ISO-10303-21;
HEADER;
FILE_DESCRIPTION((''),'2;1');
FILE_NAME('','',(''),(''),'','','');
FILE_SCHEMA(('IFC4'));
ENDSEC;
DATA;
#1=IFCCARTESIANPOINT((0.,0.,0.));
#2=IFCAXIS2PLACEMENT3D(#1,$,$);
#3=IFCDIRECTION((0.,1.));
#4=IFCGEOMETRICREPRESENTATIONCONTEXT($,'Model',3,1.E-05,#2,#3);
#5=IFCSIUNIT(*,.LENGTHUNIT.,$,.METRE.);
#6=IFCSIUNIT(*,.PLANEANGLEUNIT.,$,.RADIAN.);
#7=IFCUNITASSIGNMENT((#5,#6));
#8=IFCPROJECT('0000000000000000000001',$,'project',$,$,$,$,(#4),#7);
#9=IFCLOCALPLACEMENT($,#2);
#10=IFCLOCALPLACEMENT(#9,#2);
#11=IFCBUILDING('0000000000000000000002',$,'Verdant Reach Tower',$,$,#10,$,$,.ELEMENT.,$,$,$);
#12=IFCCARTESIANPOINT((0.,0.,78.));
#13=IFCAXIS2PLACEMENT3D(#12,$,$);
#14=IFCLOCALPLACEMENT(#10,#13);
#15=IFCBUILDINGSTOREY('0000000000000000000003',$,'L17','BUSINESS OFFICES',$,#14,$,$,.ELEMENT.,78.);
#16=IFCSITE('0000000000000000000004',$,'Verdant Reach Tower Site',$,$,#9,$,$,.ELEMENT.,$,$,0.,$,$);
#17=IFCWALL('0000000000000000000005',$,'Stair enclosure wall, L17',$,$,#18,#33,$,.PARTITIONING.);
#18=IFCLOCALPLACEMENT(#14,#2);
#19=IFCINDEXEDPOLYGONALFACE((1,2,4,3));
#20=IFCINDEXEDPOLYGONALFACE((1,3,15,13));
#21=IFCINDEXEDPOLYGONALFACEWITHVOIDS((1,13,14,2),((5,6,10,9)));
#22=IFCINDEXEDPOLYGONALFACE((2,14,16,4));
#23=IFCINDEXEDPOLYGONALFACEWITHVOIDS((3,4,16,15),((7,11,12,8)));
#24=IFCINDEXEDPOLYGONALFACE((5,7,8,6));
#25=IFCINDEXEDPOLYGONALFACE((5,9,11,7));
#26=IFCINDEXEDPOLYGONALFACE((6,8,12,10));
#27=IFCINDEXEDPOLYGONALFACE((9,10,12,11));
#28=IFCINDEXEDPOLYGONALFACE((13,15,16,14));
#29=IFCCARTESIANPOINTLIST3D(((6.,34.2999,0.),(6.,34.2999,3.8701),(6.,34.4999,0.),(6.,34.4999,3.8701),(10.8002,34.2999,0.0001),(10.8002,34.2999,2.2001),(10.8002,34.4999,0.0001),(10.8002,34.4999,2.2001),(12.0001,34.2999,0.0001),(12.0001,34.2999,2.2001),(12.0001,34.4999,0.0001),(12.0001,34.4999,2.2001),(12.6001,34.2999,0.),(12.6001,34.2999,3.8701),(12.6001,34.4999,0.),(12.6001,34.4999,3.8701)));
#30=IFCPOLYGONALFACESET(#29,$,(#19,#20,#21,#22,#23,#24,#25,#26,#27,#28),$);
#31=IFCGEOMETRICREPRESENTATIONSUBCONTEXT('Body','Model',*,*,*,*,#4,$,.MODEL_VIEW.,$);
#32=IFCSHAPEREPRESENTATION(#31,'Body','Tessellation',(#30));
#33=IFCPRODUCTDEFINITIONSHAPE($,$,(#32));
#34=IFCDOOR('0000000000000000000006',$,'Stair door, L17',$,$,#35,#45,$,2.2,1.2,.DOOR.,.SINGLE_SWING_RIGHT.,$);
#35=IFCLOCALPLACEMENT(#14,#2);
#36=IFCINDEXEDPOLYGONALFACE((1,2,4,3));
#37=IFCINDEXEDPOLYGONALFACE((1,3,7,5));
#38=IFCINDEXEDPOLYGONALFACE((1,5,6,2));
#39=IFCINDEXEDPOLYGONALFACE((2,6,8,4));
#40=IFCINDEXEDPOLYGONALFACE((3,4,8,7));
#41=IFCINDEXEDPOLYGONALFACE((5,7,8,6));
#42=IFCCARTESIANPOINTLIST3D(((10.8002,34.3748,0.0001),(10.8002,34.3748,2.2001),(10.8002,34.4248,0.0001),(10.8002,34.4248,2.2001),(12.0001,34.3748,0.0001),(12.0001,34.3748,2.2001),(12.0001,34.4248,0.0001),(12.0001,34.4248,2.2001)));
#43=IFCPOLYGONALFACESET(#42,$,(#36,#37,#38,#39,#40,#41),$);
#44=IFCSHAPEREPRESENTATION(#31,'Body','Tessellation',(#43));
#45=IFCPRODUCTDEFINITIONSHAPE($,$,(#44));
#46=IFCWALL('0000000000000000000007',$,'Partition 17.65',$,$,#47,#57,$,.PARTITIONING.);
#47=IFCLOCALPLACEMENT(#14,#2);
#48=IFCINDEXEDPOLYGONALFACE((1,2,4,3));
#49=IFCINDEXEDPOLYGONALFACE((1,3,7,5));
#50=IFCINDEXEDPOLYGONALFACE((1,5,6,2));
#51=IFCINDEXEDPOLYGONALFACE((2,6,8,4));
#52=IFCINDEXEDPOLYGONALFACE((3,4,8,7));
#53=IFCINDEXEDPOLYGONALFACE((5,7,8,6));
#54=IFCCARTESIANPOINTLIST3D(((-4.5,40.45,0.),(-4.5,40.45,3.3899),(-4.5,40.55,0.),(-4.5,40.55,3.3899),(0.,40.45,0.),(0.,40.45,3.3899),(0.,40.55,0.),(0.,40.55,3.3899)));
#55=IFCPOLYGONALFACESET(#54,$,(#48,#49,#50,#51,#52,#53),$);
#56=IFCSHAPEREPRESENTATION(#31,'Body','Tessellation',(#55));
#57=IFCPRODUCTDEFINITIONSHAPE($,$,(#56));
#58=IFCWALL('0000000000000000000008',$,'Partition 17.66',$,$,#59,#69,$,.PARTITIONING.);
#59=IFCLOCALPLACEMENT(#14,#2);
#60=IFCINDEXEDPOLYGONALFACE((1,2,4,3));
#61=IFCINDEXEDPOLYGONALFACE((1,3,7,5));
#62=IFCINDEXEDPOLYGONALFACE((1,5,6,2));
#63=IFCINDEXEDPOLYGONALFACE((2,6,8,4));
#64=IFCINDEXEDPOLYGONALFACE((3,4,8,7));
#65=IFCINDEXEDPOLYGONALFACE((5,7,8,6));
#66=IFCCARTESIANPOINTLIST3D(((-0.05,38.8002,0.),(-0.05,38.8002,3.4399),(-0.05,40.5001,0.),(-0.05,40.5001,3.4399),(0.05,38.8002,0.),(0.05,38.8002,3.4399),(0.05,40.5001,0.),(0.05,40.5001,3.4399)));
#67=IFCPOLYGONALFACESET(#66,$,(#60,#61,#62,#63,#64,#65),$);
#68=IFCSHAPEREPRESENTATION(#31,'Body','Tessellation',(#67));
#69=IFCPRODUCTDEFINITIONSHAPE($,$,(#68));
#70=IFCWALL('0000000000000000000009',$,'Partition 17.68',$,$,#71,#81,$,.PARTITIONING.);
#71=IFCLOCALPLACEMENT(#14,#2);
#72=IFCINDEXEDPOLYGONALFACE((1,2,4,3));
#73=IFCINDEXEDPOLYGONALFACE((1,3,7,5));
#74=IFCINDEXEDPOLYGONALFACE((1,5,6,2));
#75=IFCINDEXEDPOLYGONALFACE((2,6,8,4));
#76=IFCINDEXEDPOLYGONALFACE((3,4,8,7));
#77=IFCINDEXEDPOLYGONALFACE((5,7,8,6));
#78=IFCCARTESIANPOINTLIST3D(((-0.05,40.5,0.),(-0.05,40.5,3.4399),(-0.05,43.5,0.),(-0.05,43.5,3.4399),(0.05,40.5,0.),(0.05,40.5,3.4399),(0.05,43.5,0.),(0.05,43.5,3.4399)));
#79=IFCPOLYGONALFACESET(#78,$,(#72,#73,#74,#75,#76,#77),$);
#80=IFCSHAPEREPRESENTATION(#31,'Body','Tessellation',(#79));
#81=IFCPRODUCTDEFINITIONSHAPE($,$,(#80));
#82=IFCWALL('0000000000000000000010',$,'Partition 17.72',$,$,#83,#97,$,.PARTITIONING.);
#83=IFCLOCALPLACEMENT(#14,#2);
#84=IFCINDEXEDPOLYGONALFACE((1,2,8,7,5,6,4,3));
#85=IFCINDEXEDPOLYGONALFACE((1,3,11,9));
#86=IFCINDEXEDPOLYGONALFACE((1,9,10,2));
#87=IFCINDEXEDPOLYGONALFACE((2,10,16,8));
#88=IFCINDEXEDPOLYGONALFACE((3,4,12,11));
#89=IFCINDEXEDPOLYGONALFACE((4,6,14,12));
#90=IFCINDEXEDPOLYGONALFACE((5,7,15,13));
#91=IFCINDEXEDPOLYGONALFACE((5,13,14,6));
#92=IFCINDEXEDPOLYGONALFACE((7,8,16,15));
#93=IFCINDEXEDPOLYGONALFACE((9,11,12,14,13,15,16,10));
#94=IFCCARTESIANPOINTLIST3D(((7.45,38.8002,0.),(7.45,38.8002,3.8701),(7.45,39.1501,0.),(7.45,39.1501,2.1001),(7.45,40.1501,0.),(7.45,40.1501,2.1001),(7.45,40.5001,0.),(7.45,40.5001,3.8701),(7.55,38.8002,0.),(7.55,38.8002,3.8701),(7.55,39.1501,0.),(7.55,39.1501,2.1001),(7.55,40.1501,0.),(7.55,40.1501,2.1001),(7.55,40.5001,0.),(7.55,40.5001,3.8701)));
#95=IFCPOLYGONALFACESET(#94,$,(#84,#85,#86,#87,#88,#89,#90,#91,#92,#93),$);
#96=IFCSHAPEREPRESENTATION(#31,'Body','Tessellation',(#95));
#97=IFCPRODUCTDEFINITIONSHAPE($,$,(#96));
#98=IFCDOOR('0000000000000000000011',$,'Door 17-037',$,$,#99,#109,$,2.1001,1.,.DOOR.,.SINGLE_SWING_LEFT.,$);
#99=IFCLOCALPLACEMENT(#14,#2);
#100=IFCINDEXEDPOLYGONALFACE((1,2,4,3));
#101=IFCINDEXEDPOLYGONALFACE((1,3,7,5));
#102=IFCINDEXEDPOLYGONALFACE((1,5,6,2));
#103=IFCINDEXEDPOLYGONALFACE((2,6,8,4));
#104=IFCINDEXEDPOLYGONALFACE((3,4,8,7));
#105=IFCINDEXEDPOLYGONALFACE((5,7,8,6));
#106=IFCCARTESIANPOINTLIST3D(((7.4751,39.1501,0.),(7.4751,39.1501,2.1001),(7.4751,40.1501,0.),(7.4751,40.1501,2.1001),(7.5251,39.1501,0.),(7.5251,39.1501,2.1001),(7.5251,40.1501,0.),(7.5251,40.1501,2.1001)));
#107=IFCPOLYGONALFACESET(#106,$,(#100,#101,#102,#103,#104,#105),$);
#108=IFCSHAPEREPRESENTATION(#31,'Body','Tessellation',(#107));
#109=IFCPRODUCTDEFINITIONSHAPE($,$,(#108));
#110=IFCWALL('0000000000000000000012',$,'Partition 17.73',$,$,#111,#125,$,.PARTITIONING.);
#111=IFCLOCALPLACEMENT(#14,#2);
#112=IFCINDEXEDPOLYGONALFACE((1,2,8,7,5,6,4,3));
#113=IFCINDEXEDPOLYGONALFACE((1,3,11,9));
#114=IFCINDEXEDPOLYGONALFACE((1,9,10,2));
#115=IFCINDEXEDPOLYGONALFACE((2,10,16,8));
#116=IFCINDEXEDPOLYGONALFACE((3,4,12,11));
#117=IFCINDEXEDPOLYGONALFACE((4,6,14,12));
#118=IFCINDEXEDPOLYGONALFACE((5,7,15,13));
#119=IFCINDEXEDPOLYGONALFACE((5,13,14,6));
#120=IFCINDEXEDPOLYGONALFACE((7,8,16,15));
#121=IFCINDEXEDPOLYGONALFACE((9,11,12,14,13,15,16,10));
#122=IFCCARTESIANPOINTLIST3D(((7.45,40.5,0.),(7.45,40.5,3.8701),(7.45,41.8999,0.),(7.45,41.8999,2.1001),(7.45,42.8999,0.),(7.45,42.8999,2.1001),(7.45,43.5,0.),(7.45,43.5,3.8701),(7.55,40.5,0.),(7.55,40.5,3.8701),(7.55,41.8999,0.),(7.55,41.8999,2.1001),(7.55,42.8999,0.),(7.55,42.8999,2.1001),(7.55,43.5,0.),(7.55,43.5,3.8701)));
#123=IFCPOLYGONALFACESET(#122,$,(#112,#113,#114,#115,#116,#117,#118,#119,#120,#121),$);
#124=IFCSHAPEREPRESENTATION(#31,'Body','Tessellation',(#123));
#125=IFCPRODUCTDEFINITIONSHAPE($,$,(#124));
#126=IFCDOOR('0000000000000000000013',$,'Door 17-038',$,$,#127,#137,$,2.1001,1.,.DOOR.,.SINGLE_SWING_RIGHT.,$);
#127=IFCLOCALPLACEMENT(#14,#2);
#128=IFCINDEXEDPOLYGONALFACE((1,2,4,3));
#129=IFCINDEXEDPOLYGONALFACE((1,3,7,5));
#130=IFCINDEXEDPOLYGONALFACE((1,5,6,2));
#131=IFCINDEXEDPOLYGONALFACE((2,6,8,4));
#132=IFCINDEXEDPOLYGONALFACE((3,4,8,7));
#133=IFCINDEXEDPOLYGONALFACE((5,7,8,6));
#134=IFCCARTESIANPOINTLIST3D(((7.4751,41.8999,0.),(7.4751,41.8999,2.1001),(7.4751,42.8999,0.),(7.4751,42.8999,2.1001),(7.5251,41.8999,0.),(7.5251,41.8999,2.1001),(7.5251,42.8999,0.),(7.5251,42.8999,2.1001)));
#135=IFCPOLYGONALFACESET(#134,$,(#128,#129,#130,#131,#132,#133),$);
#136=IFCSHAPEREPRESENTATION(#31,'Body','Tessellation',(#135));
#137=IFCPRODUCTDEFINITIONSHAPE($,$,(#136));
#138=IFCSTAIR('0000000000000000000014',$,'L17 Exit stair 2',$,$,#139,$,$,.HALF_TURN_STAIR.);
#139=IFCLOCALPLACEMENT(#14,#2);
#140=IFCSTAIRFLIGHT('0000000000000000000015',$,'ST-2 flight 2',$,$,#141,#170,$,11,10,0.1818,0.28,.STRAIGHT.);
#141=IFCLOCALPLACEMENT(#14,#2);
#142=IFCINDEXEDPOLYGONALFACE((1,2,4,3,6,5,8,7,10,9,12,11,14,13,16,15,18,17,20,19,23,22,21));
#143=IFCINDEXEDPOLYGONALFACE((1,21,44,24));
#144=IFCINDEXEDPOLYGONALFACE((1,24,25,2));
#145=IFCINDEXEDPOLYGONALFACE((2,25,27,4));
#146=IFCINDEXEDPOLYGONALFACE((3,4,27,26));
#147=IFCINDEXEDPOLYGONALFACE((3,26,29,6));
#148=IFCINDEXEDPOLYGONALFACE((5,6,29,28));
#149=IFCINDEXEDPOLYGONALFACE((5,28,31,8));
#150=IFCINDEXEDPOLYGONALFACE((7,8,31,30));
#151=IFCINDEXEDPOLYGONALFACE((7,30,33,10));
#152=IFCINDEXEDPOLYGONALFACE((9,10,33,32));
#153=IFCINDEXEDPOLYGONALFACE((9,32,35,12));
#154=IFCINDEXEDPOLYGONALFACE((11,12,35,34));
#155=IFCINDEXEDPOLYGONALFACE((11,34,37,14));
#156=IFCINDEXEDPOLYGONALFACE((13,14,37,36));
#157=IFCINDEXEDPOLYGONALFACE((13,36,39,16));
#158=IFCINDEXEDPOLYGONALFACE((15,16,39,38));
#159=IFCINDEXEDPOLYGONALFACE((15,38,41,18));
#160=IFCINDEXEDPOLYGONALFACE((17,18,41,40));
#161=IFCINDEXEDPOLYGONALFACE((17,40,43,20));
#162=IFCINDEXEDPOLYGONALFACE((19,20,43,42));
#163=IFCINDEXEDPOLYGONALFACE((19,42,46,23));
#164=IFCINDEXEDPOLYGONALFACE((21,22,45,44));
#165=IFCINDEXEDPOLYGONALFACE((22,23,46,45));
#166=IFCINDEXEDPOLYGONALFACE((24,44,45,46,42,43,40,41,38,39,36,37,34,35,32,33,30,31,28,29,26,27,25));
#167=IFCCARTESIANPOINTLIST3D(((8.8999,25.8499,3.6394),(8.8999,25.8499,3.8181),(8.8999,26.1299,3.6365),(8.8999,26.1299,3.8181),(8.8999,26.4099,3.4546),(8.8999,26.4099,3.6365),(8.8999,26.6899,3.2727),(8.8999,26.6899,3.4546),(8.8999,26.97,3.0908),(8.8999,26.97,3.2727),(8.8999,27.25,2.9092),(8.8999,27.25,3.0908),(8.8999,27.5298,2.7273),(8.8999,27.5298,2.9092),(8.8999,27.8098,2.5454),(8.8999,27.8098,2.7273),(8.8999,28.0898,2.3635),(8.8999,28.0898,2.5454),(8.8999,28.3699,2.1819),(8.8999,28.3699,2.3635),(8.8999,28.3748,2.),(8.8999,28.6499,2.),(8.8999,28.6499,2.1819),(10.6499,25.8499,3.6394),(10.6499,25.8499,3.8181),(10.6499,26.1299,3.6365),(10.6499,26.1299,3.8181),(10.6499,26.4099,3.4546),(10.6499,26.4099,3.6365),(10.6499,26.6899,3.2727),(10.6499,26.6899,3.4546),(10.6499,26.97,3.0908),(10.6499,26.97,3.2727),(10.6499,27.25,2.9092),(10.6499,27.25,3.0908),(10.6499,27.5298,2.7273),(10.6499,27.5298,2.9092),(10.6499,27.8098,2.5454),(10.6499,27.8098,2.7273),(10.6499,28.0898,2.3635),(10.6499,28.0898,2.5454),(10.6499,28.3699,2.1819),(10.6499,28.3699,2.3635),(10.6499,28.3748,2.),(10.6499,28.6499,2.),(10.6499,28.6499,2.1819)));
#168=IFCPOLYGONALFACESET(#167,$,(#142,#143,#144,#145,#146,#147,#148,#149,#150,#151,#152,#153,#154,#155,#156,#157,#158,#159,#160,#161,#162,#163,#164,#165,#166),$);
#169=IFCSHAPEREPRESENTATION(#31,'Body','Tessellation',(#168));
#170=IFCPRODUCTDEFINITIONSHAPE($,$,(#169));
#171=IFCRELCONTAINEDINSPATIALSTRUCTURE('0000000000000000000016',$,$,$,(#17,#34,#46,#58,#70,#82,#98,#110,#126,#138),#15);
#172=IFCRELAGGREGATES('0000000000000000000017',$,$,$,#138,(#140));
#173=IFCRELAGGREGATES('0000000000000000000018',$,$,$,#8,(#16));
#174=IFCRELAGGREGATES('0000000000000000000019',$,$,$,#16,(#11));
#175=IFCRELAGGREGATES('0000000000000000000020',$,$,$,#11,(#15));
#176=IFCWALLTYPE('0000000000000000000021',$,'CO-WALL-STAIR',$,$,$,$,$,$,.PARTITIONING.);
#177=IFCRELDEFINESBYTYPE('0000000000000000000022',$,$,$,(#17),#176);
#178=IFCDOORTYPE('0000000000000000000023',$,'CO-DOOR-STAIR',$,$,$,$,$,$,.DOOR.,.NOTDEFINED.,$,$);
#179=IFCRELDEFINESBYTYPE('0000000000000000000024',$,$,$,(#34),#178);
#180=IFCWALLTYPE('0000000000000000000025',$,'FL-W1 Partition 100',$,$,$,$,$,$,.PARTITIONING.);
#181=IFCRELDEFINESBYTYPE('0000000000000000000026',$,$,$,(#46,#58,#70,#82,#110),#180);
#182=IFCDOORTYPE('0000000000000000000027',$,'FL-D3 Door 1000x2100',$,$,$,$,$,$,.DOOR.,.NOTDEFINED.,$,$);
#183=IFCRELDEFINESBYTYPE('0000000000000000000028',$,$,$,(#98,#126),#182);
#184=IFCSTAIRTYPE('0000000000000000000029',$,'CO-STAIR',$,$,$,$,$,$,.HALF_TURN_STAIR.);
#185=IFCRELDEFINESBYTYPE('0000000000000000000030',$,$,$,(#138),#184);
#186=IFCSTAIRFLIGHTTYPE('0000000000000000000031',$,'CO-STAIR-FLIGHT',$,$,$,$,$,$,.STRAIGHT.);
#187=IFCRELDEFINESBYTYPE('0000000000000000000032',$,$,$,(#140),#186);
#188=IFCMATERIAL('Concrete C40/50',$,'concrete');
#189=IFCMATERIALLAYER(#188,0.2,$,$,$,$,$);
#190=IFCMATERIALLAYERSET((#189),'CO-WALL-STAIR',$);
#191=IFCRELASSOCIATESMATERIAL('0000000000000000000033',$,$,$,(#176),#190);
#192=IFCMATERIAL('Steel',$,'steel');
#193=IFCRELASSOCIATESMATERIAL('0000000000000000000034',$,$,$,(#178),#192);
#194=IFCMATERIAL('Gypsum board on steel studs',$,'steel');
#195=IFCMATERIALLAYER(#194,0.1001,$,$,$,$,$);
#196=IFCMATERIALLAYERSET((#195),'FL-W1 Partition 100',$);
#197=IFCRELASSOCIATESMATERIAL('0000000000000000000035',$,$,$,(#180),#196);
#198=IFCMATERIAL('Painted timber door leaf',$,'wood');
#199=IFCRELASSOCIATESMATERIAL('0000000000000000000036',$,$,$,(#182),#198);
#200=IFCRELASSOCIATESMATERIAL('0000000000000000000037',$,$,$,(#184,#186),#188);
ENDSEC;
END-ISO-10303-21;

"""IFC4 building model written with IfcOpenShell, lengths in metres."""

from ifc_helpers import new_model, si_unit, direction, frame, frame_2d, origin, place, context, subcontext, project, spatial, polyline, rectangle, outline, extrude, material, layer, layer_set, type_object, element, fill, aggregate, save


model = new_model("IFC4")

# Units and contexts
model_context = context("Model", 3, precision=1e-05, world=origin(), true_north=direction((0.0, 1.0)))
body_context = subcontext(model_context, "Body", "Model", "MODEL_VIEW")
ifc_project = project(units=[si_unit("LENGTHUNIT", "METRE"), si_unit("PLANEANGLEUNIT", "RADIAN")], contexts=[model_context])

# Site, building, storey
site_placement = place(None, origin())
site = spatial("IfcSite", under=ifc_project, at=site_placement, Name="Verdant Reach Tower Site", CompositionType="ELEMENT", RefElevation=0.0)
building_placement = place(site_placement, origin())
building = spatial("IfcBuilding", under=site, at=building_placement, Name="Verdant Reach Tower", CompositionType="ELEMENT")
storey_placement = place(building_placement, frame((0.0, 0.0, 78.0)))
storey = spatial("IfcBuildingStorey", under=building, at=storey_placement, Name="L17", Description="BUSINESS OFFICES", CompositionType="ELEMENT", Elevation=78.0)

# Shared definitions
ifc_material_1 = material(Name="Concrete C40/50", Category="concrete")
ifc_layer_1 = layer(ifc_material_1, 0.2)
ifc_layer_set_1 = layer_set([ifc_layer_1], Name="CO-WALL-STAIR")
wall_type_1 = type_object("IfcWallType", Name="CO-WALL-STAIR", PredefinedType="PARTITIONING", material=ifc_layer_set_1)

# Wall, opening, door
wall_1_placement = place(storey_placement, frame((6.0, 34.3999, 0.0), z_axis=(0.0, 0.0, 1.0), x_axis=(1.0, 0.0, 0.0)))
wall_1 = element("IfcWall", 1, at=wall_1_placement, inside=storey, type_object=wall_type_1, Name="Stair enclosure wall, L17", PredefinedType="PARTITIONING", context=body_context, shape_type="SweptSolid", body=[
    extrude(rectangle(XDim=6.6001, YDim=0.2, at=frame_2d((3.3, 0.0))), origin(), (0.0, 0.0, 1.0), 3.8701),
])
opening_1_placement = place(wall_1_placement, frame((4.8, 0.0, 0.0)))
opening_1 = element("IfcOpeningElement", 2, at=opening_1_placement, cuts=wall_1, PredefinedType="OPENING", context=body_context, shape_type="SweptSolid", body=[
    extrude(rectangle(XDim=1.2, YDim=2.2, at=frame_2d((0.6001, 1.1001))), frame((0.0, 0.1099, 0.0), z_axis=(0.0, -1.0, 0.0), x_axis=(1.0, 0.0, 0.0)), (0.0, 0.0, 1.0), 0.22),
])
ifc_material_2 = material(Name="Steel", Category="steel")
door_type_1 = type_object("IfcDoorType", Name="CO-DOOR-STAIR", OperationType="NOTDEFINED", PredefinedType="DOOR", material=ifc_material_2)
door_1_placement = place(opening_1_placement, origin())
door_1 = element("IfcDoor", 3, at=door_1_placement, inside=storey, type_object=door_type_1, Name="Stair door, L17", OperationType="SINGLE_SWING_RIGHT", OverallHeight=2.2, OverallWidth=1.2, PredefinedType="DOOR", context=body_context, shape_type="SweptSolid", body=[
    extrude(rectangle(XDim=1.2, YDim=2.2, at=frame_2d((0.6001, 1.1001))), frame((0.0, 0.0249, 0.0), z_axis=(0.0, -1.0, 0.0), x_axis=(1.0, 0.0, 0.0)), (0.0, 0.0, 1.0), 0.05),
])
fill(opening_1, door_1)

# Walls
ifc_material_3 = material(Name="Gypsum board on steel studs", Category="steel")
ifc_layer_2 = layer(ifc_material_3, 0.1001)
ifc_layer_set_2 = layer_set([ifc_layer_2], Name="FL-W1 Partition 100")
wall_type_2 = type_object("IfcWallType", Name="FL-W1 Partition 100", PredefinedType="PARTITIONING", material=ifc_layer_set_2)
wall_2_placement = place(storey_placement, frame((0.0, 40.5, 0.0), z_axis=(0.0, 0.0, 1.0), x_axis=(-1.0, 0.0, 0.0)))
element("IfcWall", 4, at=wall_2_placement, inside=storey, type_object=wall_type_2, Name="Partition 17.65", PredefinedType="PARTITIONING", context=body_context, shape_type="SweptSolid", body=[
    extrude(rectangle(XDim=4.5, YDim=0.1001, at=frame_2d((2.25, 0.0))), origin(), (0.0, 0.0, 1.0), 3.3899),
])
wall_3_placement = place(storey_placement, frame((0.0, 38.8, 0.0), z_axis=(0.0, 0.0, 1.0), x_axis=(0.0, 1.0, 0.0)))
element("IfcWall", 5, at=wall_3_placement, inside=storey, type_object=wall_type_2, Name="Partition 17.66", PredefinedType="PARTITIONING", context=body_context, shape_type="SweptSolid", body=[
    extrude(rectangle(XDim=1.7, YDim=0.1001, at=frame_2d((0.8501, 0.0))), origin(), (0.0, 0.0, 1.0), 3.4399),
])
wall_4_placement = place(storey_placement, frame((0.0, 40.5, 0.0), z_axis=(0.0, 0.0, 1.0), x_axis=(0.0, 1.0, 0.0)))
element("IfcWall", 6, at=wall_4_placement, inside=storey, type_object=wall_type_2, Name="Partition 17.68", PredefinedType="PARTITIONING", context=body_context, shape_type="SweptSolid", body=[
    extrude(rectangle(XDim=3.0, YDim=0.1001, at=frame_2d((1.5, 0.0))), origin(), (0.0, 0.0, 1.0), 3.4399),
])

# Walls, openings, doors
wall_5_placement = place(storey_placement, frame((7.5, 38.8, 0.0), z_axis=(0.0, 0.0, 1.0), x_axis=(0.0, 1.0, 0.0)))
wall_5 = element("IfcWall", 7, at=wall_5_placement, inside=storey, type_object=wall_type_2, Name="Partition 17.72", PredefinedType="PARTITIONING", context=body_context, shape_type="SweptSolid", body=[
    extrude(rectangle(XDim=1.7, YDim=0.1001, at=frame_2d((0.8501, 0.0))), origin(), (0.0, 0.0, 1.0), 3.8701),
])
opening_2_placement = place(wall_5_placement, frame((0.3501, 0.0, 0.0)))
opening_2 = element("IfcOpeningElement", 8, at=opening_2_placement, cuts=wall_5, PredefinedType="OPENING", context=body_context, shape_type="SweptSolid", body=[
    extrude(rectangle(XDim=1.0, YDim=2.1001, at=frame_2d((0.5, 1.05))), frame((0.0, 0.0601, 0.0), z_axis=(0.0, -1.0, 0.0), x_axis=(1.0, 0.0, 0.0)), (0.0, 0.0, 1.0), 0.1201),
])
ifc_material_4 = material(Name="Painted timber door leaf", Category="wood")
door_type_2 = type_object("IfcDoorType", Name="FL-D3 Door 1000x2100", OperationType="NOTDEFINED", PredefinedType="DOOR", material=ifc_material_4)
door_2_placement = place(opening_2_placement, origin())
door_2 = element("IfcDoor", 9, at=door_2_placement, inside=storey, type_object=door_type_2, Name="Door 17-037", OperationType="SINGLE_SWING_LEFT", OverallHeight=2.1001, OverallWidth=1.0, PredefinedType="DOOR", context=body_context, shape_type="SweptSolid", body=[
    extrude(rectangle(XDim=1.0, YDim=2.1001, at=frame_2d((0.5, 1.05))), frame((0.0, 0.0249, 0.0), z_axis=(0.0, -1.0, 0.0), x_axis=(1.0, 0.0, 0.0)), (0.0, 0.0, 1.0), 0.05),
])
fill(opening_2, door_2)
wall_6_placement = place(storey_placement, frame((7.5, 40.5, 0.0), z_axis=(0.0, 0.0, 1.0), x_axis=(0.0, 1.0, 0.0)))
wall_6 = element("IfcWall", 10, at=wall_6_placement, inside=storey, type_object=wall_type_2, Name="Partition 17.73", PredefinedType="PARTITIONING", context=body_context, shape_type="SweptSolid", body=[
    extrude(rectangle(XDim=3.0, YDim=0.1001, at=frame_2d((1.5, 0.0))), origin(), (0.0, 0.0, 1.0), 3.8701),
])
opening_3_placement = place(wall_6_placement, frame((1.3999, 0.0, 0.0)))
opening_3 = element("IfcOpeningElement", 11, at=opening_3_placement, cuts=wall_6, PredefinedType="OPENING", context=body_context, shape_type="SweptSolid", body=[
    extrude(rectangle(XDim=1.0, YDim=2.1001, at=frame_2d((0.5, 1.05))), frame((0.0, 0.0601, 0.0), z_axis=(0.0, -1.0, 0.0), x_axis=(1.0, 0.0, 0.0)), (0.0, 0.0, 1.0), 0.1201),
])
door_3_placement = place(opening_3_placement, origin())
door_3 = element("IfcDoor", 12, at=door_3_placement, inside=storey, type_object=door_type_2, Name="Door 17-038", OperationType="SINGLE_SWING_RIGHT", OverallHeight=2.1001, OverallWidth=1.0, PredefinedType="DOOR", context=body_context, shape_type="SweptSolid", body=[
    extrude(rectangle(XDim=1.0, YDim=2.1001, at=frame_2d((0.5, 1.05))), frame((0.0, 0.0249, 0.0), z_axis=(0.0, -1.0, 0.0), x_axis=(1.0, 0.0, 0.0)), (0.0, 0.0, 1.0), 0.05),
])
fill(opening_3, door_3)

# Stair, stair flight
stair_type = type_object("IfcStairType", Name="CO-STAIR", PredefinedType="HALF_TURN_STAIR", material=ifc_material_1)
stair_1_placement = place(storey_placement, origin())
stair_1 = element("IfcStair", 13, at=stair_1_placement, inside=storey, type_object=stair_type, Name="L17 Exit stair 2", PredefinedType="HALF_TURN_STAIR")
stair_flight_type = type_object("IfcStairFlightType", Name="CO-STAIR-FLIGHT", PredefinedType="STRAIGHT", material=ifc_material_1)
stair_flight_1_placement = place(storey_placement, frame((9.7749, 28.6499, 2.0), z_axis=(0.0, 0.0, 1.0), x_axis=(0.0, -1.0, 0.0)))
stair_flight_1 = element("IfcStairFlight", 14, at=stair_flight_1_placement, type_object=stair_flight_type, Name="ST-2 flight 2", NumberOfRisers=11, NumberOfTreads=10, PredefinedType="STRAIGHT", RiserHeight=0.1818, TreadLength=0.28, context=body_context, shape_type="SweptSolid", body=[
    extrude(outline(polyline([(0.0, 0.0), (0.0, 0.1819), (0.28, 0.1819), (0.28, 0.3635), (0.5601, 0.3635), (0.5601, 0.5454), (0.8401, 0.5454), (0.8401, 0.7273), (1.1201, 0.7273), (1.1201, 0.9092), (1.3999, 0.9092), (1.3999, 1.0908), (1.6799, 1.0908), (1.6799, 1.2727), (1.96, 1.2727), (1.96, 1.4546), (2.24, 1.4546), (2.24, 1.6365), (2.52, 1.6365), (2.52, 1.8181), (2.8, 1.8181), (2.8, 2.0), (2.8, 1.6394), (0.2751, 0.0), (0.0, 0.0)])), frame((0.0, 0.875, 0.0), z_axis=(0.0, -1.0, 0.0), x_axis=(1.0, 0.0, 0.0)), (0.0, 0.0, 1.0), 1.75),
])
aggregate(stair_1, [stair_flight_1])

save(model, "model.ifc")
